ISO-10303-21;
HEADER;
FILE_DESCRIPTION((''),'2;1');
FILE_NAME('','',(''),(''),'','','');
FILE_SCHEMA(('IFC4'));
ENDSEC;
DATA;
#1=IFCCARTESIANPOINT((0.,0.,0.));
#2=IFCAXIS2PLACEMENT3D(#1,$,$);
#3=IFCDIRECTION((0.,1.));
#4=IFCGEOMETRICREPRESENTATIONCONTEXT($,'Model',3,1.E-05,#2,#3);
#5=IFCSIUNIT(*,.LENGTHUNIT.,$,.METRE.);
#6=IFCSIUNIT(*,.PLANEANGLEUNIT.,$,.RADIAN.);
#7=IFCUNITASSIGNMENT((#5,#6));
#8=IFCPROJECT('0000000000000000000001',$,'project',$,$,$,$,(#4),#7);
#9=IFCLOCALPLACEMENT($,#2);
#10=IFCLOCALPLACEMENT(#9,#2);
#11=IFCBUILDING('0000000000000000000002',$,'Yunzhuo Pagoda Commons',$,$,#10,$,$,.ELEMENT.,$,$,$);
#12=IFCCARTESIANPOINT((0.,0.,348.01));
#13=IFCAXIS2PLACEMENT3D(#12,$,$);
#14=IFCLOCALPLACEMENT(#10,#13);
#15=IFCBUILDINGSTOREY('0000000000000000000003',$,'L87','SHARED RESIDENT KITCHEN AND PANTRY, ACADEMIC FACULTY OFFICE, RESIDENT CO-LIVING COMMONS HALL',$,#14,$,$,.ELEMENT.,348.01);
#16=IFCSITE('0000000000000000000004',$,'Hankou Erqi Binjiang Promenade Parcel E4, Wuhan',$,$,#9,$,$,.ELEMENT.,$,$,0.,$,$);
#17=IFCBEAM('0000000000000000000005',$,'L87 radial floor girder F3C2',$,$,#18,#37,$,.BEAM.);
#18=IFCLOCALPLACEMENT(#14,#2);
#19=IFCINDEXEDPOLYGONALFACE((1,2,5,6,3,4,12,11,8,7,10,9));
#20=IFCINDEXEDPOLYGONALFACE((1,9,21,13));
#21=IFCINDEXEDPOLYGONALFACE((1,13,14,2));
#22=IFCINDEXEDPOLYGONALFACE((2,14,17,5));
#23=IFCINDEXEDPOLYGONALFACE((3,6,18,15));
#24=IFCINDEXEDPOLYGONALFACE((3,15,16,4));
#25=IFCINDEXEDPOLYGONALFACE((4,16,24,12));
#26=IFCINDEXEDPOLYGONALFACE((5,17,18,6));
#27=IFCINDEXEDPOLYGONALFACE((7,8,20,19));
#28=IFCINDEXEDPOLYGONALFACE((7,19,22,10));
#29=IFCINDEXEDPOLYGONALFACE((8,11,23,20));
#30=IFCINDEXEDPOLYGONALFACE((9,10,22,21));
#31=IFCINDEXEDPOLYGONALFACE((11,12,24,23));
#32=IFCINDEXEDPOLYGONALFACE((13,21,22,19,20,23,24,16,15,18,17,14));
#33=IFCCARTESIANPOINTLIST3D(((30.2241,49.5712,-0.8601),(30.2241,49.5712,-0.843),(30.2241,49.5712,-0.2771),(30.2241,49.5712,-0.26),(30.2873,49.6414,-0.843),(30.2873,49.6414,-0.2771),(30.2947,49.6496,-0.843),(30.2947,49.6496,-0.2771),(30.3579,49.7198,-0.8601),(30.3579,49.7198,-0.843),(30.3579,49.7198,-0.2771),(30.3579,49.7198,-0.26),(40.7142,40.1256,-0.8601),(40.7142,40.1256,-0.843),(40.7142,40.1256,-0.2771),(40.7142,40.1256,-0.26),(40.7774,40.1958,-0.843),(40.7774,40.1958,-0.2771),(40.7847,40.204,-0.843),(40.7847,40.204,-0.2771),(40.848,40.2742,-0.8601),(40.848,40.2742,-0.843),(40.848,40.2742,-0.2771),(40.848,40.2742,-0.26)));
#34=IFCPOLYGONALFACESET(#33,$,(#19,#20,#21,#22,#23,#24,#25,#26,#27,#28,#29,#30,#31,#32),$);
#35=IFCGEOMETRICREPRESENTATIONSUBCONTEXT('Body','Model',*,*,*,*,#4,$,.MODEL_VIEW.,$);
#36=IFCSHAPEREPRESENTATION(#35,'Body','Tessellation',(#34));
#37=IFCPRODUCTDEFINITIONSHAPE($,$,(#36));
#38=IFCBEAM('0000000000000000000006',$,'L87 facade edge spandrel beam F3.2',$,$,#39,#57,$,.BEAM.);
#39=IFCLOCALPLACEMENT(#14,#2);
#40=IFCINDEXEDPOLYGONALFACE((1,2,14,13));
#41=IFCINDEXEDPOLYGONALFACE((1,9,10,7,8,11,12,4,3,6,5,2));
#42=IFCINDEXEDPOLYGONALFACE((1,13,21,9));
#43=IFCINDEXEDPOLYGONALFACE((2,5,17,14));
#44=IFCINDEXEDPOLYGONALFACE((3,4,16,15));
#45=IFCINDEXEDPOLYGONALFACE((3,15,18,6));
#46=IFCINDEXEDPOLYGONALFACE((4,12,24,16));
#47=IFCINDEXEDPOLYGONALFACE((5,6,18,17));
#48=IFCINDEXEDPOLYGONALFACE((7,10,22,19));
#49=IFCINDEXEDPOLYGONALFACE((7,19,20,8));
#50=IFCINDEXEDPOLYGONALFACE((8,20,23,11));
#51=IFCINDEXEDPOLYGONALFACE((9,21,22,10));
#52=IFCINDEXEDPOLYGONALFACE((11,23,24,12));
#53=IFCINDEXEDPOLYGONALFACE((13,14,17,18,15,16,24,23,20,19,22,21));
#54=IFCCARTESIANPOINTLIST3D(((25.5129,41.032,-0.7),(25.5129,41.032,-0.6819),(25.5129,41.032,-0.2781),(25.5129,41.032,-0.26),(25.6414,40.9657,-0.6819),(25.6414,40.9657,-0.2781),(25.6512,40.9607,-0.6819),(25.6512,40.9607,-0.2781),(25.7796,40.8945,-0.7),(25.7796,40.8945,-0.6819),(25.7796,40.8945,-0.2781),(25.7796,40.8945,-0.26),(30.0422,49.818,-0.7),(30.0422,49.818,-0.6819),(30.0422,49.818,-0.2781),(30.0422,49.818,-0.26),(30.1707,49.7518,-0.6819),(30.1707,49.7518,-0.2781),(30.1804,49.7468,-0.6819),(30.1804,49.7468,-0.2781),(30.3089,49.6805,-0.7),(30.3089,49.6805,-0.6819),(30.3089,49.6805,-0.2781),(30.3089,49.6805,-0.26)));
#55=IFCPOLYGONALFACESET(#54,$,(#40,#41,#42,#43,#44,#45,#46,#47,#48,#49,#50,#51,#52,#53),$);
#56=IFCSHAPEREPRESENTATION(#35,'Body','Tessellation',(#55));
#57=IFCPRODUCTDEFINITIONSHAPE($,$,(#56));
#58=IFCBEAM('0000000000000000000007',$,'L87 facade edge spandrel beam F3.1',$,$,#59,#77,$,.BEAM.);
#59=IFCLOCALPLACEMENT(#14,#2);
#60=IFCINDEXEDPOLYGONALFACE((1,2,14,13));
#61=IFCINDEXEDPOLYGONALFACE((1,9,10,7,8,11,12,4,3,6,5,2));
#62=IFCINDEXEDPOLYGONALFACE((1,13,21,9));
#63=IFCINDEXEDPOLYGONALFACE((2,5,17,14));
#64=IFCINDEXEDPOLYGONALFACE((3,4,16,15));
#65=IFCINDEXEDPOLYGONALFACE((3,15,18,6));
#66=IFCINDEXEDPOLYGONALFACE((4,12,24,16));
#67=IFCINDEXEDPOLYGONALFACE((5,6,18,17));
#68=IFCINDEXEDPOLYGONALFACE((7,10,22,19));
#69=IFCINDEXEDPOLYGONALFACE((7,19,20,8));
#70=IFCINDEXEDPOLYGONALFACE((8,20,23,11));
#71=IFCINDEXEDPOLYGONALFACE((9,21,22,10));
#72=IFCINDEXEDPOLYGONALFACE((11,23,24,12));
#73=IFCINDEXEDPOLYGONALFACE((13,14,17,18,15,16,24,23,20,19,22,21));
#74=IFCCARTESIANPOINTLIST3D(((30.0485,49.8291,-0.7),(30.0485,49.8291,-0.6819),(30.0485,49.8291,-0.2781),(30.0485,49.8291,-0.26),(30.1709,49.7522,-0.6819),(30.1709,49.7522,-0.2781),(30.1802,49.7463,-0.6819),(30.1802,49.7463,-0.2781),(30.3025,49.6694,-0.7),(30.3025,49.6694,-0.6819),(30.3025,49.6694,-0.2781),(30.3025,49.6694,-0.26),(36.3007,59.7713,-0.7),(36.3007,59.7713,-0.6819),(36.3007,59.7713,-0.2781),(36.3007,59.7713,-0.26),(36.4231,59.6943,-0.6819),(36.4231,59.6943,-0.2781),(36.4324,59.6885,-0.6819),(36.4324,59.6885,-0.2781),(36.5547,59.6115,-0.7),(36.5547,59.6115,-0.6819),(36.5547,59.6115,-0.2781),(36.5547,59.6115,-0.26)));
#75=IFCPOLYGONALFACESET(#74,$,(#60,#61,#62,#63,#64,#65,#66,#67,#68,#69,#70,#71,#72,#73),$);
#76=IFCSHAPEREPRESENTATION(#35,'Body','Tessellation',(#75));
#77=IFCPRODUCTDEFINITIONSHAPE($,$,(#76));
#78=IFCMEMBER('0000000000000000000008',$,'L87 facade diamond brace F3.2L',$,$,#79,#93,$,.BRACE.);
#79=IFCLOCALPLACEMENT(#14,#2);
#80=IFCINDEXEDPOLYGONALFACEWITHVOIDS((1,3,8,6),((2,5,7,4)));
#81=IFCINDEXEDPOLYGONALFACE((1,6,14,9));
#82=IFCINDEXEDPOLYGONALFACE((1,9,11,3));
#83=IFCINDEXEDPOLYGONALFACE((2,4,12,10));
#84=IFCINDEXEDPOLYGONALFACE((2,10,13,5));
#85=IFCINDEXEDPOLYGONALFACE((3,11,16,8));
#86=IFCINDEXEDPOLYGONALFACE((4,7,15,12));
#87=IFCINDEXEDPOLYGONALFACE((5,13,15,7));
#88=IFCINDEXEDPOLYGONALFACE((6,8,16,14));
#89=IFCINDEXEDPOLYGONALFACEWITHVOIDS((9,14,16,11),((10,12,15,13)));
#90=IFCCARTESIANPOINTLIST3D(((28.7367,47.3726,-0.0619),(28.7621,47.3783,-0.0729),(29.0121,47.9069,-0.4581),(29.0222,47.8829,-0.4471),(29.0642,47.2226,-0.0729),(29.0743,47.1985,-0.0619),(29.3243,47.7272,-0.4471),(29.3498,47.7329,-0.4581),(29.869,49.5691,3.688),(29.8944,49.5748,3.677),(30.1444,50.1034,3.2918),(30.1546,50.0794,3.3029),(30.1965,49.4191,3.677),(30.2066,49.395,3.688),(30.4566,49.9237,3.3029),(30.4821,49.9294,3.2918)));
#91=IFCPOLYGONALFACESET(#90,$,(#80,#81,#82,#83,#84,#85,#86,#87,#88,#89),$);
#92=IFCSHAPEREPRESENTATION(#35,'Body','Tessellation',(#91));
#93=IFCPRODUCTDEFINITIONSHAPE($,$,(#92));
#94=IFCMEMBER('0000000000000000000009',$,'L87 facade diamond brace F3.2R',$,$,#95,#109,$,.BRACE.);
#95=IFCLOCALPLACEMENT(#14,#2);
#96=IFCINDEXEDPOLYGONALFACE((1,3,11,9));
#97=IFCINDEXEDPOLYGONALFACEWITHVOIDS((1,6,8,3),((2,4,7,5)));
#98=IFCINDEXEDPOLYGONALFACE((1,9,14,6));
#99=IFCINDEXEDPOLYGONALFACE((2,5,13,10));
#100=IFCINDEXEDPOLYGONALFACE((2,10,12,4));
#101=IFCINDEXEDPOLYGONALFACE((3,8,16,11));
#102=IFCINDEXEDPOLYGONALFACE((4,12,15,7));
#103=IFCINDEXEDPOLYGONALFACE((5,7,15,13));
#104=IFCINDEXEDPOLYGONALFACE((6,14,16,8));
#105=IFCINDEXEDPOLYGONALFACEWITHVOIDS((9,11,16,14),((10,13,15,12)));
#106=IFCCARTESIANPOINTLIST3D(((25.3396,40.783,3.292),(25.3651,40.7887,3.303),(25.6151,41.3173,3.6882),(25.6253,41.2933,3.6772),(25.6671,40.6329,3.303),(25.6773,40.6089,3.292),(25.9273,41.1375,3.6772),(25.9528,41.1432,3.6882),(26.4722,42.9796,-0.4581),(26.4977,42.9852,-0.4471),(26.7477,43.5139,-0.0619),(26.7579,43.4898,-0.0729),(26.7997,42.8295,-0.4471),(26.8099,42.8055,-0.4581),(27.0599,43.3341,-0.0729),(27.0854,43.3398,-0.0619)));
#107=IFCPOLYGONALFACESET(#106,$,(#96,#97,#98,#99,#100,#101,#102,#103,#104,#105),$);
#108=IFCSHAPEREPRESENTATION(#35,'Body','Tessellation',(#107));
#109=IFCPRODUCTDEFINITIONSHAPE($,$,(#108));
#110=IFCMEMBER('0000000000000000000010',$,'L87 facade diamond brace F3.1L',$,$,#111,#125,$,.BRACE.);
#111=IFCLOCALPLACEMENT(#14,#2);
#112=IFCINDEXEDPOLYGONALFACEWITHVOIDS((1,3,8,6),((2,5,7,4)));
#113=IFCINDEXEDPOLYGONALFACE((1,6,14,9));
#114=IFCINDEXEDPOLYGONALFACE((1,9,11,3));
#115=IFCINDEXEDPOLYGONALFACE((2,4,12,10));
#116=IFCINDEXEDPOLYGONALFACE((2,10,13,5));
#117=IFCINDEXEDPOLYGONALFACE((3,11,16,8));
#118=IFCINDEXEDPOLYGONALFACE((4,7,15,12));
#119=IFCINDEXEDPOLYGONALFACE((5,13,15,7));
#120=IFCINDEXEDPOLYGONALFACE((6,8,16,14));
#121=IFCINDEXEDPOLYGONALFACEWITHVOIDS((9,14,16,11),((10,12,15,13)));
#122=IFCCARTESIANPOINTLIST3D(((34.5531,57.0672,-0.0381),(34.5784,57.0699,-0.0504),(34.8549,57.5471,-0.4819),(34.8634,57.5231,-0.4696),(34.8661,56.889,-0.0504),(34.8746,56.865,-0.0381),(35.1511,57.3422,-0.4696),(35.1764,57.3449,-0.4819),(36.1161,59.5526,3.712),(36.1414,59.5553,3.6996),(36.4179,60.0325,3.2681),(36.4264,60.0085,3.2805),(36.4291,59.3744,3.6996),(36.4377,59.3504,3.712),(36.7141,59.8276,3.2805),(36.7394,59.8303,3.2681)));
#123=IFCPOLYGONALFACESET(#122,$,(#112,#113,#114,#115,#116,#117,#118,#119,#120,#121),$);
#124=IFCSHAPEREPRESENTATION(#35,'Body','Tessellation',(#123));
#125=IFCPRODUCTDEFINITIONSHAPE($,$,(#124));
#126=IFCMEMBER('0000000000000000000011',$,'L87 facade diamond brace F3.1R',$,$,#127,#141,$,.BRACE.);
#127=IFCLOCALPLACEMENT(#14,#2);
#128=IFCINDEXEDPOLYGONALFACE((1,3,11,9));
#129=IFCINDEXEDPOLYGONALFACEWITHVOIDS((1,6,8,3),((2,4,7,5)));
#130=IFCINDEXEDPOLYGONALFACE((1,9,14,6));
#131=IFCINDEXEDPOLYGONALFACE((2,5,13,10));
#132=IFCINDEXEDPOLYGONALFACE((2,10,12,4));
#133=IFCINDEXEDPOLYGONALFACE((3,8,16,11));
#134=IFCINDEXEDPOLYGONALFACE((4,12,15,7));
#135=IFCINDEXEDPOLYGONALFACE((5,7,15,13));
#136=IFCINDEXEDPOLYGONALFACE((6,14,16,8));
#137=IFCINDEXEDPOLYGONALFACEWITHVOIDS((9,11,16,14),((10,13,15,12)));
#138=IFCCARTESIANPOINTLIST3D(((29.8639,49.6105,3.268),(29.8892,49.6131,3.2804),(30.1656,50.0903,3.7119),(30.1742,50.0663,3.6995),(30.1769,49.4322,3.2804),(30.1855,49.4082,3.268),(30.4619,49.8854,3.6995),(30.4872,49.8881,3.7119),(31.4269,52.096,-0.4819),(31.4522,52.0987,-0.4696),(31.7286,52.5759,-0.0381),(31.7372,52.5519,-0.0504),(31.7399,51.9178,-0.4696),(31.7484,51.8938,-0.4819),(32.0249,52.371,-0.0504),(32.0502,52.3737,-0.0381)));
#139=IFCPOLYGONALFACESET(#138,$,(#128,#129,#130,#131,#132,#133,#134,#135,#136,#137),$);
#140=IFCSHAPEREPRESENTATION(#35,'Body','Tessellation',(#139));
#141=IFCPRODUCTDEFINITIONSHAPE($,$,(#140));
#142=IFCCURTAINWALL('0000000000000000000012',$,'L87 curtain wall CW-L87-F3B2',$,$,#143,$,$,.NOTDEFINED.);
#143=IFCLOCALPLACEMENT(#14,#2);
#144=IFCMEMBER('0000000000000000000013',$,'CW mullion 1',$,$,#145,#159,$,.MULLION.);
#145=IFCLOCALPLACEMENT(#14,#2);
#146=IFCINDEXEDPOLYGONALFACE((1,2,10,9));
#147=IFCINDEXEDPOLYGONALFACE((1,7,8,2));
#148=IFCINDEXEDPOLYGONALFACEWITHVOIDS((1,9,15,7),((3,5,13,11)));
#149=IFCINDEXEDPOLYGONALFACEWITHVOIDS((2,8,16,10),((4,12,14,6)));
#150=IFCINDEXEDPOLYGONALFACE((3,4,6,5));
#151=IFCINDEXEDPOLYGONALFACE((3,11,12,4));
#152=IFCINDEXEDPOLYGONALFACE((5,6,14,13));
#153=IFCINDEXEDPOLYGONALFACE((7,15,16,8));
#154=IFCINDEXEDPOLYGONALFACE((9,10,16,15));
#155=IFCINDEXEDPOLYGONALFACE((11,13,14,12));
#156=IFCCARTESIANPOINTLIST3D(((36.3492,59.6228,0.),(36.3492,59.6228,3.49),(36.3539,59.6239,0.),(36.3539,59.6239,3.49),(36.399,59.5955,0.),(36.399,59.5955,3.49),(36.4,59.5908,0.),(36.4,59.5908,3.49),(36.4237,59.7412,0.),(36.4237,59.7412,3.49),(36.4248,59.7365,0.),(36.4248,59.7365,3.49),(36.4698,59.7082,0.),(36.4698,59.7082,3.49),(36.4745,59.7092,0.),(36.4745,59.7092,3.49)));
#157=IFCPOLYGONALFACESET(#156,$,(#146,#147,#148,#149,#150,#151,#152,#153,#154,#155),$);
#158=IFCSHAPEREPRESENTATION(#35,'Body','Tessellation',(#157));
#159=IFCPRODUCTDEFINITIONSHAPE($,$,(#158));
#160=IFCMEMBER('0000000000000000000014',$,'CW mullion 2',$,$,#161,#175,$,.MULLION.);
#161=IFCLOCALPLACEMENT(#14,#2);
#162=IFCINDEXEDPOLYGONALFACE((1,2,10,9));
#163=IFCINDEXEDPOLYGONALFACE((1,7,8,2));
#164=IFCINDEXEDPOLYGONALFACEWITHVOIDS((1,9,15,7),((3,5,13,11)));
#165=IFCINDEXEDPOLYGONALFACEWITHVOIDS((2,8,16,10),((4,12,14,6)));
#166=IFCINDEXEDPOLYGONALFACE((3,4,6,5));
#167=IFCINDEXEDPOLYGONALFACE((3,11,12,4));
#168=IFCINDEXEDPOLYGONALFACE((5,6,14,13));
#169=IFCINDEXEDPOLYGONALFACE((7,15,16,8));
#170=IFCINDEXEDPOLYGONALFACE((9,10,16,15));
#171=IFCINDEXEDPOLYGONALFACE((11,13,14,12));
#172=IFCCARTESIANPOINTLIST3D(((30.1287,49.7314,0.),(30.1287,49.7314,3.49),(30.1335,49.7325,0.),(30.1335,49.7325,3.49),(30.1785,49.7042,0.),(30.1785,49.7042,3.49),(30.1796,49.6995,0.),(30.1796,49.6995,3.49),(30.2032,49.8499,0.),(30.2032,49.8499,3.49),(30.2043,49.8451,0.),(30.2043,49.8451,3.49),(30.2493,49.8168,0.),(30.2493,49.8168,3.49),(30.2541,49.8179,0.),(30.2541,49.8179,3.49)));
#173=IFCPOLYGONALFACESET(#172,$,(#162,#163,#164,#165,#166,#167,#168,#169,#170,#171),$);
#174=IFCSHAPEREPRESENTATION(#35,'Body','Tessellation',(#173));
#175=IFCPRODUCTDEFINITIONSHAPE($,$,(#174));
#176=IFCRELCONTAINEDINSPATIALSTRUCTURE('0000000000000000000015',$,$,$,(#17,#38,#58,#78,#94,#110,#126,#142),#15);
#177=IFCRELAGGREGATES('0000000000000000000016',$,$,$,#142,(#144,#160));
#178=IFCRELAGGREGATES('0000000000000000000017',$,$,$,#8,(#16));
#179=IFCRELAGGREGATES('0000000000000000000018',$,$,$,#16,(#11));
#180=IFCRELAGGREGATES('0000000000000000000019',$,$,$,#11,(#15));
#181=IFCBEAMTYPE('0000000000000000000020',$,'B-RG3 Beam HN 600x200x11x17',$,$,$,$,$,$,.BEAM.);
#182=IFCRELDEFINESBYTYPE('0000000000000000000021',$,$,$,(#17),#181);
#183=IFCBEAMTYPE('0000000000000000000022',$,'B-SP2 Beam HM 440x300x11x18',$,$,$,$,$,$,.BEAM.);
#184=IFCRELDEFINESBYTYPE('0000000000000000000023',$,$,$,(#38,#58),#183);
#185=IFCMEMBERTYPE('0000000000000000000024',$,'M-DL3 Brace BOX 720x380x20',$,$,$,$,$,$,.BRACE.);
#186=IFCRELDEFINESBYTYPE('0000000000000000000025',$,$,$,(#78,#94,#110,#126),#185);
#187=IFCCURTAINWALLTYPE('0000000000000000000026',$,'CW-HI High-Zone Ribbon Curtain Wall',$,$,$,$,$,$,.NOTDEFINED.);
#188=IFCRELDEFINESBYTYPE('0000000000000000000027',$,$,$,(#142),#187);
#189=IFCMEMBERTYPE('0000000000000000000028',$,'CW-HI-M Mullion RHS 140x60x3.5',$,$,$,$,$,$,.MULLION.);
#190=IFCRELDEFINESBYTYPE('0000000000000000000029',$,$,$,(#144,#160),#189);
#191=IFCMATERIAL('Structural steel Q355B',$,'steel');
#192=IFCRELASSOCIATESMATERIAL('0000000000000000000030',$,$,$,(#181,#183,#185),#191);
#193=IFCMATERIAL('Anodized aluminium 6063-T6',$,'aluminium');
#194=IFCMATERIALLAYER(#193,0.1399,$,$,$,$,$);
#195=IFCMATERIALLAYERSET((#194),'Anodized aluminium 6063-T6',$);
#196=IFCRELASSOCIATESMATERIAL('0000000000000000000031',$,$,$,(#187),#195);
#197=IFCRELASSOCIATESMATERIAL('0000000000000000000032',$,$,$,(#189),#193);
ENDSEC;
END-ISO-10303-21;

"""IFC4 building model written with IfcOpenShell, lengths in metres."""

from ifc_helpers import new_model, si_unit, direction, frame, origin, origin_2d, place, context, subcontext, project, spatial, hollow_rectangle, i_section, extrude, source, transform, mapped, material, layer, layer_set, material_profile, profile_set, type_object, element, aggregate, save


model = new_model("IFC4")

# Units and contexts
model_context = context("Model", 3, precision=1e-05, world=origin(), true_north=direction((0.0, 1.0)))
body_context = subcontext(model_context, "Body", "Model", "MODEL_VIEW")
ifc_project = project(units=[si_unit("LENGTHUNIT", "METRE"), si_unit("PLANEANGLEUNIT", "RADIAN")], contexts=[model_context])

# Site, building, storey
site_placement = place(None, origin())
site = spatial("IfcSite", under=ifc_project, at=site_placement, Name="Hankou Erqi Binjiang Promenade Parcel E4, Wuhan", CompositionType="ELEMENT", RefElevation=0.0)
building_placement = place(site_placement, origin())
building = spatial("IfcBuilding", under=site, at=building_placement, Name="Yunzhuo Pagoda Commons", CompositionType="ELEMENT")
storey_placement = place(building_placement, frame((0.0, 0.0, 348.01)))
storey = spatial("IfcBuildingStorey", under=building, at=storey_placement, Name="L87", Description="SHARED RESIDENT KITCHEN AND PANTRY, ACADEMIC FACULTY OFFICE, RESIDENT CO-LIVING COMMONS HALL", CompositionType="ELEMENT", Elevation=348.01)

# Shared definitions
ifc_material_1 = material(Name="Structural steel Q355B", Category="steel")

# Beams
ifc_material_profile_1 = material_profile(ifc_material_1, i_section(OverallWidth=0.2, OverallDepth=0.6001, WebThickness=0.011, FlangeThickness=0.0171, at=origin_2d()), Name="Structural steel Q355B")
ifc_profile_set_1 = profile_set([ifc_material_profile_1], Name="Structural steel Q355B")
beam_type_1 = type_object("IfcBeamType", Name="B-RG3 Beam HN 600x200x11x17", PredefinedType="BEAM", material=ifc_profile_set_1)
shared_shape_1 = source(origin(), body_context, "Body", "SweptSolid", [
    extrude(i_section(OverallWidth=0.2, OverallDepth=0.6001, WebThickness=0.011, FlangeThickness=0.0171, at=origin_2d()), origin(), (0.0, 0.0, 1.0), 14.116),
])
beam_1_placement = place(storey_placement, frame((30.291, 49.6455, -0.5601), z_axis=(0.743133, -0.669143, 0.0), x_axis=(0.669143, 0.743133, 0.0)))
element("IfcBeam", 1, at=beam_1_placement, inside=storey, type_object=beam_type_1, Name="L87 radial floor girder F3C2", PredefinedType="BEAM", context=body_context, shape_type="MappedRepresentation", body=[
    mapped(shared_shape_1, transform((0.0, 0.0, 0.0), scale=1.0)),
])
ifc_material_profile_2 = material_profile(ifc_material_1, i_section(OverallWidth=0.3, OverallDepth=0.4399, WebThickness=0.011, FlangeThickness=0.0181, at=origin_2d()), Name="Structural steel Q355B")
ifc_profile_set_2 = profile_set([ifc_material_profile_2], Name="Structural steel Q355B")
beam_type_2 = type_object("IfcBeamType", Name="B-SP2 Beam HM 440x300x11x18", PredefinedType="BEAM", material=ifc_profile_set_2)
shared_shape_2 = source(origin(), body_context, "Body", "SweptSolid", [
    extrude(i_section(OverallWidth=0.3, OverallDepth=0.4399, WebThickness=0.011, FlangeThickness=0.0181, at=origin_2d()), origin(), (0.0, 0.0, 1.0), 9.8848),
])
beam_2_placement = place(storey_placement, frame((30.1755, 49.7493, -0.48), z_axis=(-0.458205, -0.888847, 0.0), x_axis=(0.888847, -0.458205, 0.0)))
element("IfcBeam", 2, at=beam_2_placement, inside=storey, type_object=beam_type_2, Name="L87 facade edge spandrel beam F3.2", PredefinedType="BEAM", context=body_context, shape_type="MappedRepresentation", body=[
    mapped(shared_shape_2, transform((0.0, 0.0, 0.0), scale=1.0)),
])
shared_shape_3 = source(origin(), body_context, "Body", "SweptSolid", [
    extrude(i_section(OverallWidth=0.3, OverallDepth=0.4399, WebThickness=0.011, FlangeThickness=0.0181, at=origin_2d()), origin(), (0.0, 0.0, 1.0), 11.7446),
])
beam_3_placement = place(storey_placement, frame((36.4277, 59.6914, -0.48), z_axis=(-0.532346, -0.846527, 0.0), x_axis=(0.846527, -0.532346, 0.0)))
element("IfcBeam", 3, at=beam_3_placement, inside=storey, type_object=beam_type_2, Name="L87 facade edge spandrel beam F3.1", PredefinedType="BEAM", context=body_context, shape_type="MappedRepresentation", body=[
    mapped(shared_shape_3, transform((0.0, 0.0, 0.0), scale=1.0)),
])

# Members
ifc_material_profile_3 = material_profile(ifc_material_1, hollow_rectangle(XDim=0.3799, YDim=0.72, WallThickness=0.02, at=origin_2d()), Name="Structural steel Q355B")
ifc_profile_set_3 = profile_set([ifc_material_profile_3], Name="Structural steel Q355B")
member_type_1 = type_object("IfcMemberType", Name="M-DL3 Brace BOX 720x380x20", PredefinedType="BRACE", material=ifc_profile_set_3)
shared_shape_4 = source(origin(), body_context, "Body", "SweptSolid", [
    extrude(hollow_rectangle(XDim=0.3799, YDim=0.72, WallThickness=0.02, at=origin_2d()), origin(), (0.0, 0.0, 1.0), 4.491),
])
member_1_placement = place(storey_placement, frame((29.0432, 47.5527, -0.26), z_axis=(0.25213, 0.489093, 0.834996), x_axis=(-0.888847, 0.458205, 0.0)))
element("IfcMember", 4, at=member_1_placement, inside=storey, type_object=member_type_1, Name="L87 facade diamond brace F3.2L", PredefinedType="BRACE", context=body_context, shape_type="MappedRepresentation", body=[
    mapped(shared_shape_4, transform((0.0, 0.0, 0.0), scale=1.0)),
])
shared_shape_5 = source(origin(), body_context, "Body", "SweptSolid", [
    extrude(hollow_rectangle(XDim=0.3799, YDim=0.72, WallThickness=0.02, at=origin_2d()), origin(), (0.0, 0.0, 1.0), 4.4912),
])
member_2_placement = place(storey_placement, frame((26.7788, 43.1597, -0.26), z_axis=(-0.252181, -0.489086, 0.834985), x_axis=(0.888806, -0.458283, 0.0)))
element("IfcMember", 5, at=member_2_placement, inside=storey, type_object=member_type_1, Name="L87 facade diamond brace F3.2R", PredefinedType="BRACE", context=body_context, shape_type="MappedRepresentation", body=[
    mapped(shared_shape_5, transform((0.0, 0.0, 0.0), scale=1.0)),
])
shared_shape_6 = source(origin(), body_context, "Body", "SweptSolid", [
    extrude(hollow_rectangle(XDim=0.3799, YDim=0.72, WallThickness=0.02, at=origin_2d()), origin(), (0.0, 0.0, 1.0), 4.7627),
])
for number, where, z_axis, x_axis, name in (
    (6, (34.8647, 57.2061, -0.26), (0.328179, 0.521847, 0.787384), (-0.846519, 0.532359, 0.0), "L87 facade diamond brace F3.1L"),
    (7, (31.7385, 52.2349, -0.26), (-0.328171, -0.521884, 0.787363), (0.846542, -0.532321, 0.0), "L87 facade diamond brace F3.1R"),
):
    element("IfcMember", number, at=place(storey_placement, frame(where, z_axis=z_axis, x_axis=x_axis)), inside=storey, type_object=member_type_1, Name=name, PredefinedType="BRACE", context=body_context, shape_type="MappedRepresentation", body=[
        mapped(shared_shape_6, transform((0.0, 0.0, 0.0), scale=1.0)),
    ])

# Curtain wall, members
ifc_material_2 = material(Name="Anodized aluminium 6063-T6", Category="aluminium")
ifc_layer_1 = layer(ifc_material_2, 0.1399)
ifc_layer_set_1 = layer_set([ifc_layer_1], Name="Anodized aluminium 6063-T6")
curtain_wall_type = type_object("IfcCurtainWallType", Name="CW-HI High-Zone Ribbon Curtain Wall", PredefinedType="NOTDEFINED", material=ifc_layer_set_1)
curtain_wall_1_placement = place(storey_placement, origin())
curtain_wall_1 = element("IfcCurtainWall", 8, at=curtain_wall_1_placement, inside=storey, type_object=curtain_wall_type, Name="L87 curtain wall CW-L87-F3B2", PredefinedType="NOTDEFINED")
ifc_material_profile_4 = material_profile(ifc_material_2, hollow_rectangle(XDim=0.0601, YDim=0.1399, WallThickness=0.0034, at=origin_2d()), Name="Anodized aluminium 6063-T6")
ifc_profile_set_4 = profile_set([ifc_material_profile_4], Name="Anodized aluminium 6063-T6")
member_type_2 = type_object("IfcMemberType", Name="CW-HI-M Mullion RHS 140x60x3.5", PredefinedType="MULLION", material=ifc_profile_set_4)
shared_shape_7 = source(origin(), body_context, "Body", "SweptSolid", [
    extrude(hollow_rectangle(XDim=0.0601, YDim=0.1399, WallThickness=0.0034, at=origin_2d()), origin(), (0.0, 0.0, 1.0), 3.49),
])
member_3_placement = place(storey_placement, frame((36.4119, 59.666, 0.0), z_axis=(0.0, 0.0, 1.0), x_axis=(0.846525, -0.53235, 0.0)))
member_3 = element("IfcMember", 9, at=member_3_placement, type_object=member_type_2, Name="CW mullion 1", PredefinedType="MULLION", context=body_context, shape_type="MappedRepresentation", body=[
    mapped(shared_shape_7, transform((0.0, 0.0, 0.0), scale=1.0)),
])
member_4_placement = place(storey_placement, frame((30.1914, 49.7747, 0.0), z_axis=(0.0, 0.0, 1.0), x_axis=(0.846525, -0.53235, 0.0)))
member_4 = element("IfcMember", 10, at=member_4_placement, type_object=member_type_2, Name="CW mullion 2", PredefinedType="MULLION", context=body_context, shape_type="MappedRepresentation", body=[
    mapped(shared_shape_7, transform((0.0, 0.0, 0.0), scale=1.0)),
])

aggregate(curtain_wall_1, [member_3, member_4])

save(model, "model.ifc")
